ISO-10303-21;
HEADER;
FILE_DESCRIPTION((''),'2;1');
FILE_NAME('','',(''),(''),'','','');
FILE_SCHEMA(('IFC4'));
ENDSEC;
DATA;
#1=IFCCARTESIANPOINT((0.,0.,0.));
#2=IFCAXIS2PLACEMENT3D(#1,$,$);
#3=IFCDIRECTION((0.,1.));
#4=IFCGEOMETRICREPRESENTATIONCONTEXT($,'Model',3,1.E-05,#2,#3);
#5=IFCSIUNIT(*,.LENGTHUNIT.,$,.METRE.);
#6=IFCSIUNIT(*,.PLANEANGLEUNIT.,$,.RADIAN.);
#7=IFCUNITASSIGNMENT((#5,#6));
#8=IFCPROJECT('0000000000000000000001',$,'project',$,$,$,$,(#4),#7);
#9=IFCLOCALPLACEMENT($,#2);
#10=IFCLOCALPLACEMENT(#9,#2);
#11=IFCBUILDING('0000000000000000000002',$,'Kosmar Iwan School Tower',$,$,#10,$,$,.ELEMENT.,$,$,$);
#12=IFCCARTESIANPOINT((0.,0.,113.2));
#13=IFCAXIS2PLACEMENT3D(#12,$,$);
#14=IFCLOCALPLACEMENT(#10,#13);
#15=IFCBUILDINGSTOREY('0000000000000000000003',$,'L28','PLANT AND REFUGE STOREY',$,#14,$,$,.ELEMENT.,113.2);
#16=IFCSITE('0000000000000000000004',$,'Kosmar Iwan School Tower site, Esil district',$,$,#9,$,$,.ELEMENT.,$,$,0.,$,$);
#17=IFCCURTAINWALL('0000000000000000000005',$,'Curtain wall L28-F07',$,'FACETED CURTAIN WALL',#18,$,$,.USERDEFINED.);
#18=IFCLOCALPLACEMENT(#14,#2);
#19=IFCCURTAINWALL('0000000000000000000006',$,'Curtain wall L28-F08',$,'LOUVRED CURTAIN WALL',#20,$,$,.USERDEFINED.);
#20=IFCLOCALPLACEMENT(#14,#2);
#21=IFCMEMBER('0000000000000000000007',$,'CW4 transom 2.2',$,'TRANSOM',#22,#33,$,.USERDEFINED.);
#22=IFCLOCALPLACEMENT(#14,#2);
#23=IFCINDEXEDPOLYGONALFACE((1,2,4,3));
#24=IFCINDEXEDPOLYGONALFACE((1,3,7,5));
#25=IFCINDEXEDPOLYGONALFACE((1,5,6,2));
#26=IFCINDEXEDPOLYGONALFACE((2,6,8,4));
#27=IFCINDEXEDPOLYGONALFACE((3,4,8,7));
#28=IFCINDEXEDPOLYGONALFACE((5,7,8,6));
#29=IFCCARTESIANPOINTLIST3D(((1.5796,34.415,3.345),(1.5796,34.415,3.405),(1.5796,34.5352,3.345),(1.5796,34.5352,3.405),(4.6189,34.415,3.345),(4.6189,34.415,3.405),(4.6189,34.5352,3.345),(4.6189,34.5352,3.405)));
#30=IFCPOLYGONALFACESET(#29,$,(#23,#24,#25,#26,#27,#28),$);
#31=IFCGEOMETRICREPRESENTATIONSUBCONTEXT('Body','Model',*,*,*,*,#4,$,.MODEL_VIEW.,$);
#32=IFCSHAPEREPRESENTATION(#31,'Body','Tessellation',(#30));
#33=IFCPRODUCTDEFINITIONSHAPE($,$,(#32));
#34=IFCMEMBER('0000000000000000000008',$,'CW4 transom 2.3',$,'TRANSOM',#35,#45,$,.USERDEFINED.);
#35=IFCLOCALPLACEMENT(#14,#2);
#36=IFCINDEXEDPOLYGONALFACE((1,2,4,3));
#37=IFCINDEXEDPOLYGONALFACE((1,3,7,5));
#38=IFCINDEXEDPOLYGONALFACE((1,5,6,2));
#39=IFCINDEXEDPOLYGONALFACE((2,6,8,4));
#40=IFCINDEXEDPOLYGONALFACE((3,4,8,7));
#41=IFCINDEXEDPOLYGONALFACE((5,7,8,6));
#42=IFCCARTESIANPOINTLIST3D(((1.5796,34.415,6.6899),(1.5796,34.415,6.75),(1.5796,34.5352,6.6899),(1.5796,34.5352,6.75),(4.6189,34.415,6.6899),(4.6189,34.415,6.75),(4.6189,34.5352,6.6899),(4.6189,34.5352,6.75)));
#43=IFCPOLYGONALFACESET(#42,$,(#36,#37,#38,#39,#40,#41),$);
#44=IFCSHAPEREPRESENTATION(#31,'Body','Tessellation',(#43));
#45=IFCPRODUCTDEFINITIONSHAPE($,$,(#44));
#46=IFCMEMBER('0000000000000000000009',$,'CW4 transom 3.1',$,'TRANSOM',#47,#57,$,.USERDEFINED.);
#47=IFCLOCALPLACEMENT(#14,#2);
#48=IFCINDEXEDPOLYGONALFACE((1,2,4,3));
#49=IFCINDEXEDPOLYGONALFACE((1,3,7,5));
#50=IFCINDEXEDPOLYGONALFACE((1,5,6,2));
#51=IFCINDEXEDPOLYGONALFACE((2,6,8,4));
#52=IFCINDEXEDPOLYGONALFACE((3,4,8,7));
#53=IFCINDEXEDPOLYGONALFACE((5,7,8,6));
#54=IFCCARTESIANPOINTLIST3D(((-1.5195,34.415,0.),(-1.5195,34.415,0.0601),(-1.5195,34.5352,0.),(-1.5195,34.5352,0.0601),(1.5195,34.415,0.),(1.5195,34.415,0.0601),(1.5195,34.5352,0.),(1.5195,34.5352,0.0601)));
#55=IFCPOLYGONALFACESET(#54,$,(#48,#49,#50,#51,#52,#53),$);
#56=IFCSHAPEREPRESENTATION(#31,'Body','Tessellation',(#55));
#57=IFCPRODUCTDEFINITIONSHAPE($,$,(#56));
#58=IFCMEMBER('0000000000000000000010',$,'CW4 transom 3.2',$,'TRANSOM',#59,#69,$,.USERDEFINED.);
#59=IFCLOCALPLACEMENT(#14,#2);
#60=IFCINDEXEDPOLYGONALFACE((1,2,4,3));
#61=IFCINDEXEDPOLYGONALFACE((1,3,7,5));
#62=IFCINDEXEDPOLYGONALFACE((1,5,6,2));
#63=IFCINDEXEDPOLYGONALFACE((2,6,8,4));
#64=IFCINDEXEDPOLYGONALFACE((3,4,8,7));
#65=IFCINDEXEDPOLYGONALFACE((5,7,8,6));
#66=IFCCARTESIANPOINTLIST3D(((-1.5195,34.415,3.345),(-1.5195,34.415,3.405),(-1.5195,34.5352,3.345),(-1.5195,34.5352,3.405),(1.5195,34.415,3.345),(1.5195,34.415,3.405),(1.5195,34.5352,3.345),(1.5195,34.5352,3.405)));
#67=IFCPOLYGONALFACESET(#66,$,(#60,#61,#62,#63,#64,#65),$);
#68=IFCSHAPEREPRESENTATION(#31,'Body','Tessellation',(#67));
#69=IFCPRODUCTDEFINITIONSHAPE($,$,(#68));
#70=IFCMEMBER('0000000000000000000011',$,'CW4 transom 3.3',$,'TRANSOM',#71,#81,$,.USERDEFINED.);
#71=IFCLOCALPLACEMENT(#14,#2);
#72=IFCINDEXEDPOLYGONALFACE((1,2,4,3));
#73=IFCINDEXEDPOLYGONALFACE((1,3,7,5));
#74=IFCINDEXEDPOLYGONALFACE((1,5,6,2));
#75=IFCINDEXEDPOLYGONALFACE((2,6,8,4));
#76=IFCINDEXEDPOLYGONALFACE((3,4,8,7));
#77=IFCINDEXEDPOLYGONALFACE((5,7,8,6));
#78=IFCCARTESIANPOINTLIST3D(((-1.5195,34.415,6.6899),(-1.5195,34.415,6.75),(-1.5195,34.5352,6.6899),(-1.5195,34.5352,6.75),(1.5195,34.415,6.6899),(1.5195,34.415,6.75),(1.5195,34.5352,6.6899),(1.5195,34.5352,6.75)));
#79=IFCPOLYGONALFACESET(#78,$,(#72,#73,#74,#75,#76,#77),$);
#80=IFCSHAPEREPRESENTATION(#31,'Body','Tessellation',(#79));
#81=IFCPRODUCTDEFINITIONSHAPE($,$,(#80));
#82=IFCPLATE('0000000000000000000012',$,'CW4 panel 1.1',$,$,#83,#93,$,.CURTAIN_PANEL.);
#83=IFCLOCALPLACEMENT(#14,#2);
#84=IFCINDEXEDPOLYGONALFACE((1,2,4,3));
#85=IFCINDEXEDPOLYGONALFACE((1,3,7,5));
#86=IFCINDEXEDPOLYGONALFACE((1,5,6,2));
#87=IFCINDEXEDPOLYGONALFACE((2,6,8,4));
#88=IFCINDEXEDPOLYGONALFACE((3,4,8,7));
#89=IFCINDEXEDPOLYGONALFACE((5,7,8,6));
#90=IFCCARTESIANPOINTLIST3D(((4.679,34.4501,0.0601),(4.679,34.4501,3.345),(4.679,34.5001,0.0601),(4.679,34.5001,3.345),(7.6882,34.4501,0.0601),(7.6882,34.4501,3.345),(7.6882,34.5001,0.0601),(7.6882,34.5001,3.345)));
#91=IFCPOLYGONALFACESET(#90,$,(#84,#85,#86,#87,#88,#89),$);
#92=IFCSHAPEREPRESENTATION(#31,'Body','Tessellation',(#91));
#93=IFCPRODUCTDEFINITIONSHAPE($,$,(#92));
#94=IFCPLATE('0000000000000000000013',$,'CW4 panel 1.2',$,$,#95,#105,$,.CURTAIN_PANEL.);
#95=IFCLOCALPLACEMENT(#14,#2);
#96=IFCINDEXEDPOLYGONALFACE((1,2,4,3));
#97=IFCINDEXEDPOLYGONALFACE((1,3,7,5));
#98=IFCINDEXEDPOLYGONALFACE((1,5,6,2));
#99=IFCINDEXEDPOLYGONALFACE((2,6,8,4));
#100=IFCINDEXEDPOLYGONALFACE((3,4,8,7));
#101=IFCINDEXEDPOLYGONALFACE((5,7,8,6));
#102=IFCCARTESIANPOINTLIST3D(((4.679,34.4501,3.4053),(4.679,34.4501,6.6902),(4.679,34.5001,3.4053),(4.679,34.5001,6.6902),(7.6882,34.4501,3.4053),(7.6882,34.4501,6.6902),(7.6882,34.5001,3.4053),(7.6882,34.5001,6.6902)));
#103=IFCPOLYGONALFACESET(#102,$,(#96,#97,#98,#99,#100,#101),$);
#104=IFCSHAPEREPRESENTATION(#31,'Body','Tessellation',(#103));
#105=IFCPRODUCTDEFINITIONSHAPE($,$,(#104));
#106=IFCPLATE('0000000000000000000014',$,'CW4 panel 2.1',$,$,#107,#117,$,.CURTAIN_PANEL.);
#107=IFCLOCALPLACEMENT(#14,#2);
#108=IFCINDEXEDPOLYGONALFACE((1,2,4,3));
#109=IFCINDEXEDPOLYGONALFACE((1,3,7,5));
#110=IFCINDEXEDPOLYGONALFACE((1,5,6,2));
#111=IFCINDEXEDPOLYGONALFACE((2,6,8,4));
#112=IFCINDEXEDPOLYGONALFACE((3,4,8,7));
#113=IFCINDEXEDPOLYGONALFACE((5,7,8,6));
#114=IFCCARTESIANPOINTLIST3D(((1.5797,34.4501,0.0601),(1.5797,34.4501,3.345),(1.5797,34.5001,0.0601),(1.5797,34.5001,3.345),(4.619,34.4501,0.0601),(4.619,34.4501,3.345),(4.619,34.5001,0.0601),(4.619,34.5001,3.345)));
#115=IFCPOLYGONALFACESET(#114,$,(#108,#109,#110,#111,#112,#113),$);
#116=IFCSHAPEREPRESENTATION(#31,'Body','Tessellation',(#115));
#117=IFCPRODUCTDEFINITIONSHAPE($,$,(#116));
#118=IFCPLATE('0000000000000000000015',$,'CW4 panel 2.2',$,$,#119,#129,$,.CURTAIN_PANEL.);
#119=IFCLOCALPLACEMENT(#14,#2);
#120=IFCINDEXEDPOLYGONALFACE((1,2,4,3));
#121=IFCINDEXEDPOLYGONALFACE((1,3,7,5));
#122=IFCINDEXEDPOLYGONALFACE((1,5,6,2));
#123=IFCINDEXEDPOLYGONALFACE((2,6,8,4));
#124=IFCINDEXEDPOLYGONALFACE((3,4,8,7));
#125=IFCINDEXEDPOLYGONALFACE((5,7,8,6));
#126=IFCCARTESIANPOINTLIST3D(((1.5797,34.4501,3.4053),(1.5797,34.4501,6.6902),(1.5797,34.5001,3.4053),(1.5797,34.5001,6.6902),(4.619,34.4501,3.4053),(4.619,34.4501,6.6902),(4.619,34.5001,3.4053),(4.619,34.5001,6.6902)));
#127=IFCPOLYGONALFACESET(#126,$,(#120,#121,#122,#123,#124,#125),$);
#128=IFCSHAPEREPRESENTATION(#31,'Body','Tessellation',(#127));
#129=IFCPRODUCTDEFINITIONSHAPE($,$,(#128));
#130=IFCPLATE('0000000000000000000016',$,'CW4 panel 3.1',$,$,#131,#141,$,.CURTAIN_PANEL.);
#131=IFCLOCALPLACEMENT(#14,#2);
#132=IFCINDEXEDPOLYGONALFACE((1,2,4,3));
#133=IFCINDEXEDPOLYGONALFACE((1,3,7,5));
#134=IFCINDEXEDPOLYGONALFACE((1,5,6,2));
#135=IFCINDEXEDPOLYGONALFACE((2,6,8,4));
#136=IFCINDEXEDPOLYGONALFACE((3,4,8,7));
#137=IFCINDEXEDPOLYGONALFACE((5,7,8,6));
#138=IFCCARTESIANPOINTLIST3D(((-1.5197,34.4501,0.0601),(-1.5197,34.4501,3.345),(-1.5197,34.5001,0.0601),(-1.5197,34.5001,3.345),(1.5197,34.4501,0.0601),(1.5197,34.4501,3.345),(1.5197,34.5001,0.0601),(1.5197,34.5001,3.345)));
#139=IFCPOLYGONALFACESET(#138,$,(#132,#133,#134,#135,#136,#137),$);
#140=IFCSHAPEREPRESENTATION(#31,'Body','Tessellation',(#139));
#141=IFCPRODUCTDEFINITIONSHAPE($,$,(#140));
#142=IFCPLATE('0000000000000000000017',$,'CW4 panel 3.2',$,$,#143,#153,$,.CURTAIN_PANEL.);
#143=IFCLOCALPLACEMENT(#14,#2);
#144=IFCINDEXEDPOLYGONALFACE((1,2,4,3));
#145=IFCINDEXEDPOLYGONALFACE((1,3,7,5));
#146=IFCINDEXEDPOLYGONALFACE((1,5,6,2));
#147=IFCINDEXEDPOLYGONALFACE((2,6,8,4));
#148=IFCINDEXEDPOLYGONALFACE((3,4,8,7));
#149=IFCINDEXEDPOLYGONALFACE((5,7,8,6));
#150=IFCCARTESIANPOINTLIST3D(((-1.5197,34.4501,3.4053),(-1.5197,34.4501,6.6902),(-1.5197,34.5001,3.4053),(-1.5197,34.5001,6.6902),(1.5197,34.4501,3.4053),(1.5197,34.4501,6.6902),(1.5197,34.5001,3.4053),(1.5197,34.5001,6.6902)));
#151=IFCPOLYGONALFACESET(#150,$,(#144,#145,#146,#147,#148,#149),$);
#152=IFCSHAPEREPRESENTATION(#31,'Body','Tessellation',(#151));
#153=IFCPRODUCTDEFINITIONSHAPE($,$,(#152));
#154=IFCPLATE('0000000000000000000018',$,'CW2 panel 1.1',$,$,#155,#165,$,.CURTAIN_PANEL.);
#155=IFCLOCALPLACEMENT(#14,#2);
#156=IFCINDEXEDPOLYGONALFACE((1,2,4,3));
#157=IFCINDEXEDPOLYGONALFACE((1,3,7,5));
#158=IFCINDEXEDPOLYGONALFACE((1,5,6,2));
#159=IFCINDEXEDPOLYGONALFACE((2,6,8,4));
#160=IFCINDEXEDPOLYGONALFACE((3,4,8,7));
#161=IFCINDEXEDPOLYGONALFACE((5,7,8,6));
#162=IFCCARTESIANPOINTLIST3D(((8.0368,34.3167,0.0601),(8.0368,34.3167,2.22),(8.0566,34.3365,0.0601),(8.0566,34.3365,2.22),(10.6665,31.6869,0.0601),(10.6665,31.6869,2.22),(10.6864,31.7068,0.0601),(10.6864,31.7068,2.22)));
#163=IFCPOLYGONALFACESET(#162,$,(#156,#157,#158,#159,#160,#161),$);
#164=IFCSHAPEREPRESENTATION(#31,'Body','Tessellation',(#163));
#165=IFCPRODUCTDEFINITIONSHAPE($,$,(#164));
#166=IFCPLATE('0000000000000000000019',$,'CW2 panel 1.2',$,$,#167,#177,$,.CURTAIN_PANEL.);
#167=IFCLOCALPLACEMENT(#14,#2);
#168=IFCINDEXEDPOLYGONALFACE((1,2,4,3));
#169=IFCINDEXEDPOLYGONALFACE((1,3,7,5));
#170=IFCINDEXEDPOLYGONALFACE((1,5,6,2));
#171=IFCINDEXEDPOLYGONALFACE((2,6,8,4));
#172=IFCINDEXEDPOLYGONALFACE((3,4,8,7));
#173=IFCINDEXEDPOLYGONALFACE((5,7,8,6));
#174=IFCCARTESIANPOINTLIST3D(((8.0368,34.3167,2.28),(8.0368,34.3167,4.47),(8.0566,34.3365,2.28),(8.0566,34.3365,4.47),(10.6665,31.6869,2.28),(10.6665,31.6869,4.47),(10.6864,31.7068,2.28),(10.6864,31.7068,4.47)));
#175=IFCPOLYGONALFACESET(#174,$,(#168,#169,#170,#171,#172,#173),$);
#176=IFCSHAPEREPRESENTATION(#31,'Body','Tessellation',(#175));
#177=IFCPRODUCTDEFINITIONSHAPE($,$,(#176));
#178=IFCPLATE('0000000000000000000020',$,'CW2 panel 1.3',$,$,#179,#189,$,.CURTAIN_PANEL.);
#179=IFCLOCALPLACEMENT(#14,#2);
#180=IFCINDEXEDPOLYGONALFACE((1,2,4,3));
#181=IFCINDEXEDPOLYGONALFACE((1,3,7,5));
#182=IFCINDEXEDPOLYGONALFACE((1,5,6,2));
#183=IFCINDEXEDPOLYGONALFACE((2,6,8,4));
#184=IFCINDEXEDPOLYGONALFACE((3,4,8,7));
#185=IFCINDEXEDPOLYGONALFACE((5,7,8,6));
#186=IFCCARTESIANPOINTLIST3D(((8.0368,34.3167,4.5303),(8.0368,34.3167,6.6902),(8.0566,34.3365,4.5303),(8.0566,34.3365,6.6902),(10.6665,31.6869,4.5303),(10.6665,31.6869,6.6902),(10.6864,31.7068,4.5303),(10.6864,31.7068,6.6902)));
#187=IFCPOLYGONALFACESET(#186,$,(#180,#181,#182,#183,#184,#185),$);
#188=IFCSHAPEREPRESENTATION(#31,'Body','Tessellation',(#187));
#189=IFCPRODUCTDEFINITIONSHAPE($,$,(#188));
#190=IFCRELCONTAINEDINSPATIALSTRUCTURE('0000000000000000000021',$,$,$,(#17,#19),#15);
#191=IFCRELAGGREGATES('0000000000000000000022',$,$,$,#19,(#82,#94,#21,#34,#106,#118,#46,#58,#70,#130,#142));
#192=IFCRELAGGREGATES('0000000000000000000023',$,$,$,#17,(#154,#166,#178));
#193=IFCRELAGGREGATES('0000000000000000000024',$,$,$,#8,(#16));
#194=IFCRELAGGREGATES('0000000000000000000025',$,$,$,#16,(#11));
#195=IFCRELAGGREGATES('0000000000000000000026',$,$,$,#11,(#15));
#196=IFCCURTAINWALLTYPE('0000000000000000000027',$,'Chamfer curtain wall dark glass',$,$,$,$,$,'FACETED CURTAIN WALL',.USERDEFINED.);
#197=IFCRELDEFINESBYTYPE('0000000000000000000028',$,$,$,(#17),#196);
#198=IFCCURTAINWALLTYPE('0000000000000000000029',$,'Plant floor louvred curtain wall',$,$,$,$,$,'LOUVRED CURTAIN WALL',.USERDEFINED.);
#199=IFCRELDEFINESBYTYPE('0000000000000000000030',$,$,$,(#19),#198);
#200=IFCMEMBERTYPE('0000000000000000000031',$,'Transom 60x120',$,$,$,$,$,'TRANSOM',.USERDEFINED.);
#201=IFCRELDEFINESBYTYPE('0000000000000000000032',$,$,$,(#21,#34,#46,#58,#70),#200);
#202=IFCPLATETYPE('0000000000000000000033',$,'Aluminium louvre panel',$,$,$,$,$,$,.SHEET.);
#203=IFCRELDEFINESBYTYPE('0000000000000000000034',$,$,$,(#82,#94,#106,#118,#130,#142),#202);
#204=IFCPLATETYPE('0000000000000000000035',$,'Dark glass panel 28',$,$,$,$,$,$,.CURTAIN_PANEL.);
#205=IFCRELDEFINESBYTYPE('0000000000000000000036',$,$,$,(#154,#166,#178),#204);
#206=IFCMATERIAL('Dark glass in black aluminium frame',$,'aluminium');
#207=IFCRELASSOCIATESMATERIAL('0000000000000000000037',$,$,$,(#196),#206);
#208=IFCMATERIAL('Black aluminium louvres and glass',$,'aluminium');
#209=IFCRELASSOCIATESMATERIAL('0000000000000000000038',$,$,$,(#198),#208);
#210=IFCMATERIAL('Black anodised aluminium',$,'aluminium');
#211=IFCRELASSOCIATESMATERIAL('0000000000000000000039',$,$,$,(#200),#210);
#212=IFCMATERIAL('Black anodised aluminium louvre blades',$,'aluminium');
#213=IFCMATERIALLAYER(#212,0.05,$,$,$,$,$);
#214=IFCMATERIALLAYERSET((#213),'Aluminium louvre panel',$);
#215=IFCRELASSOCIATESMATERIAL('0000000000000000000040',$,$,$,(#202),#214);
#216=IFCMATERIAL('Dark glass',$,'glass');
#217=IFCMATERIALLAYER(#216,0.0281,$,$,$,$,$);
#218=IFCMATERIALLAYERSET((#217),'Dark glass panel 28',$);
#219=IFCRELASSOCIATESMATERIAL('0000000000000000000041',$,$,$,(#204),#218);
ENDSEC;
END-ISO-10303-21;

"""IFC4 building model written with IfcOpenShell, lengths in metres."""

from ifc_helpers import new_model, si_unit, direction, frame, origin, origin_2d, place, context, subcontext, project, spatial, rectangle, extrude, material, layer, layer_set, material_profile, profile_set, type_object, element, aggregate, save


model = new_model("IFC4")

# Units and contexts
model_context = context("Model", 3, precision=1e-05, world=origin(), true_north=direction((0.0, 1.0)))
body_context = subcontext(model_context, "Body", "Model", "MODEL_VIEW")
ifc_project = project(units=[si_unit("LENGTHUNIT", "METRE"), si_unit("PLANEANGLEUNIT", "RADIAN")], contexts=[model_context])

# Site, building, storey
site_placement = place(None, origin())
site = spatial("IfcSite", under=ifc_project, at=site_placement, Name="Kosmar Iwan School Tower site, Esil district", CompositionType="ELEMENT", RefElevation=0.0)
building_placement = place(site_placement, origin())
building = spatial("IfcBuilding", under=site, at=building_placement, Name="Kosmar Iwan School Tower", CompositionType="ELEMENT")
storey_placement = place(building_placement, frame((0.0, 0.0, 113.2)))
storey = spatial("IfcBuildingStorey", under=building, at=storey_placement, Name="L28", Description="PLANT AND REFUGE STOREY", CompositionType="ELEMENT", Elevation=113.2)

# Curtain wall
ifc_material_1 = material(Name="Dark glass in black aluminium frame", Category="aluminium")
curtain_wall_type_1 = type_object("IfcCurtainWallType", Name="Chamfer curtain wall dark glass", ElementType="FACETED CURTAIN WALL", PredefinedType="USERDEFINED", material=ifc_material_1)
curtain_wall_1_placement = place(storey_placement, origin())
curtain_wall_1 = element("IfcCurtainWall", 1, at=curtain_wall_1_placement, inside=storey, type_object=curtain_wall_type_1, Name="Curtain wall L28-F07", ObjectType="FACETED CURTAIN WALL", PredefinedType="USERDEFINED")

# Curtain wall
ifc_material_2 = material(Name="Black aluminium louvres and glass", Category="aluminium")
curtain_wall_type_2 = type_object("IfcCurtainWallType", Name="Plant floor louvred curtain wall", ElementType="LOUVRED CURTAIN WALL", PredefinedType="USERDEFINED", material=ifc_material_2)
curtain_wall_2_placement = place(storey_placement, origin())
curtain_wall_2 = element("IfcCurtainWall", 2, at=curtain_wall_2_placement, inside=storey, type_object=curtain_wall_type_2, Name="Curtain wall L28-F08", ObjectType="LOUVRED CURTAIN WALL", PredefinedType="USERDEFINED")

# Members
ifc_material_3 = material(Name="Black anodised aluminium", Category="aluminium")
ifc_material_profile_1 = material_profile(ifc_material_3, rectangle(XDim=0.1201, YDim=0.0601, at=origin_2d()), Name="TRANSOM 60x120")
ifc_profile_set_1 = profile_set([ifc_material_profile_1], Name="Black anodised aluminium")
member_type_1 = type_object("IfcMemberType", Name="Transom 60x120", ElementType="TRANSOM", PredefinedType="USERDEFINED", material=ifc_profile_set_1)
member_1_placement = place(storey_placement, frame((4.6189, 34.4751, 3.375), z_axis=(-1.0, 0.0, 0.0), x_axis=(0.0, -1.0, 0.0)))
member_1 = element("IfcMember", 3, at=member_1_placement, type_object=member_type_1, Name="CW4 transom 2.2", ObjectType="TRANSOM", PredefinedType="USERDEFINED", context=body_context, shape_type="SweptSolid", body=[
    extrude(rectangle(XDim=0.1201, YDim=0.0601, at=origin_2d()), origin(), (0.0, 0.0, 1.0), 3.0393),
])
member_2_placement = place(storey_placement, frame((4.6189, 34.4751, 6.72), z_axis=(-1.0, 0.0, 0.0), x_axis=(0.0, -1.0, 0.0)))
member_2 = element("IfcMember", 4, at=member_2_placement, type_object=member_type_1, Name="CW4 transom 2.3", ObjectType="TRANSOM", PredefinedType="USERDEFINED", context=body_context, shape_type="SweptSolid", body=[
    extrude(rectangle(XDim=0.1201, YDim=0.0601, at=origin_2d()), origin(), (0.0, 0.0, 1.0), 3.0393),
])
member_3_placement = place(storey_placement, frame((1.5195, 34.4751, 0.03), z_axis=(-1.0, 0.0, 0.0), x_axis=(0.0, -1.0, 0.0)))
member_3 = element("IfcMember", 5, at=member_3_placement, type_object=member_type_1, Name="CW4 transom 3.1", ObjectType="TRANSOM", PredefinedType="USERDEFINED", context=body_context, shape_type="SweptSolid", body=[
    extrude(rectangle(XDim=0.1201, YDim=0.0601, at=origin_2d()), origin(), (0.0, 0.0, 1.0), 3.0391),
])
member_4_placement = place(storey_placement, frame((1.5195, 34.4751, 3.375), z_axis=(-1.0, 0.0, 0.0), x_axis=(0.0, -1.0, 0.0)))
member_4 = element("IfcMember", 6, at=member_4_placement, type_object=member_type_1, Name="CW4 transom 3.2", ObjectType="TRANSOM", PredefinedType="USERDEFINED", context=body_context, shape_type="SweptSolid", body=[
    extrude(rectangle(XDim=0.1201, YDim=0.0601, at=origin_2d()), origin(), (0.0, 0.0, 1.0), 3.0391),
])
member_5_placement = place(storey_placement, frame((1.5195, 34.4751, 6.72), z_axis=(-1.0, 0.0, 0.0), x_axis=(0.0, -1.0, 0.0)))
member_5 = element("IfcMember", 7, at=member_5_placement, type_object=member_type_1, Name="CW4 transom 3.3", ObjectType="TRANSOM", PredefinedType="USERDEFINED", context=body_context, shape_type="SweptSolid", body=[
    extrude(rectangle(XDim=0.1201, YDim=0.0601, at=origin_2d()), origin(), (0.0, 0.0, 1.0), 3.0391),
])

# Plates
ifc_material_4 = material(Name="Black anodised aluminium louvre blades", Category="aluminium")
ifc_layer_1 = layer(ifc_material_4, 0.05)
ifc_layer_set_1 = layer_set([ifc_layer_1], Name="Aluminium louvre panel")
plate_type_1 = type_object("IfcPlateType", Name="Aluminium louvre panel", PredefinedType="SHEET", material=ifc_layer_set_1)
plate_1_placement = place(storey_placement, frame((6.1836, 34.4751, 0.0601), z_axis=(0.0, 0.0, 1.0), x_axis=(-1.0, 0.0, 0.0)))
plate_1 = element("IfcPlate", 8, at=plate_1_placement, type_object=plate_type_1, Name="CW4 panel 1.1", PredefinedType="CURTAIN_PANEL", context=body_context, shape_type="SweptSolid", body=[
    extrude(rectangle(XDim=3.0093, YDim=0.05, at=origin_2d()), origin(), (0.0, 0.0, 1.0), 3.2849),
])
plate_2_placement = place(storey_placement, frame((6.1836, 34.4751, 3.4053), z_axis=(0.0, 0.0, 1.0), x_axis=(-1.0, 0.0, 0.0)))
plate_2 = element("IfcPlate", 9, at=plate_2_placement, type_object=plate_type_1, Name="CW4 panel 1.2", PredefinedType="CURTAIN_PANEL", context=body_context, shape_type="SweptSolid", body=[
    extrude(rectangle(XDim=3.0093, YDim=0.05, at=origin_2d()), origin(), (0.0, 0.0, 1.0), 3.2849),
])
plate_3_placement = place(storey_placement, frame((3.0994, 34.4751, 0.0601), z_axis=(0.0, 0.0, 1.0), x_axis=(-1.0, 0.0, 0.0)))
plate_3 = element("IfcPlate", 10, at=plate_3_placement, type_object=plate_type_1, Name="CW4 panel 2.1", PredefinedType="CURTAIN_PANEL", context=body_context, shape_type="SweptSolid", body=[
    extrude(rectangle(XDim=3.0393, YDim=0.05, at=origin_2d()), origin(), (0.0, 0.0, 1.0), 3.2849),
])
plate_4_placement = place(storey_placement, frame((3.0994, 34.4751, 3.4053), z_axis=(0.0, 0.0, 1.0), x_axis=(-1.0, 0.0, 0.0)))
plate_4 = element("IfcPlate", 11, at=plate_4_placement, type_object=plate_type_1, Name="CW4 panel 2.2", PredefinedType="CURTAIN_PANEL", context=body_context, shape_type="SweptSolid", body=[
    extrude(rectangle(XDim=3.0393, YDim=0.05, at=origin_2d()), origin(), (0.0, 0.0, 1.0), 3.2849),
])
plate_5_placement = place(storey_placement, frame((0.0, 34.4751, 0.0601), z_axis=(0.0, 0.0, 1.0), x_axis=(-1.0, 0.0, 0.0)))
plate_5 = element("IfcPlate", 12, at=plate_5_placement, type_object=plate_type_1, Name="CW4 panel 3.1", PredefinedType="CURTAIN_PANEL", context=body_context, shape_type="SweptSolid", body=[
    extrude(rectangle(XDim=3.0393, YDim=0.05, at=origin_2d()), origin(), (0.0, 0.0, 1.0), 3.2849),
])
plate_6_placement = place(storey_placement, frame((0.0, 34.4751, 3.4053), z_axis=(0.0, 0.0, 1.0), x_axis=(-1.0, 0.0, 0.0)))
plate_6 = element("IfcPlate", 13, at=plate_6_placement, type_object=plate_type_1, Name="CW4 panel 3.2", PredefinedType="CURTAIN_PANEL", context=body_context, shape_type="SweptSolid", body=[
    extrude(rectangle(XDim=3.0393, YDim=0.05, at=origin_2d()), origin(), (0.0, 0.0, 1.0), 3.2849),
])
aggregate(curtain_wall_2, [plate_1, plate_2, member_1, member_2, plate_3, plate_4, member_3, member_4, member_5, plate_5, plate_6])
ifc_material_5 = material(Name="Dark glass", Category="glass")
ifc_layer_2 = layer(ifc_material_5, 0.0281)
ifc_layer_set_2 = layer_set([ifc_layer_2], Name="Dark glass panel 28")
plate_type_2 = type_object("IfcPlateType", Name="Dark glass panel 28", PredefinedType="CURTAIN_PANEL", material=ifc_layer_set_2)
plate_7_placement = place(storey_placement, frame((9.3616, 33.0117, 0.0601), z_axis=(0.0, 0.0, 1.0), x_axis=(-0.707107, 0.707107, 0.0)))
plate_7 = element("IfcPlate", 14, at=plate_7_placement, type_object=plate_type_2, Name="CW2 panel 1.1", PredefinedType="CURTAIN_PANEL", context=body_context, shape_type="SweptSolid", body=[
    extrude(rectangle(XDim=3.719, YDim=0.0281, at=origin_2d()), origin(), (0.0, 0.0, 1.0), 2.1599),
])
plate_8_placement = place(storey_placement, frame((9.3616, 33.0117, 2.28), z_axis=(0.0, 0.0, 1.0), x_axis=(-0.707107, 0.707107, 0.0)))
plate_8 = element("IfcPlate", 15, at=plate_8_placement, type_object=plate_type_2, Name="CW2 panel 1.2", PredefinedType="CURTAIN_PANEL", context=body_context, shape_type="SweptSolid", body=[
    extrude(rectangle(XDim=3.719, YDim=0.0281, at=origin_2d()), origin(), (0.0, 0.0, 1.0), 2.1899),
])
plate_9_placement = place(storey_placement, frame((9.3616, 33.0117, 4.5303), z_axis=(0.0, 0.0, 1.0), x_axis=(-0.707107, 0.707107, 0.0)))
plate_9 = element("IfcPlate", 16, at=plate_9_placement, type_object=plate_type_2, Name="CW2 panel 1.3", PredefinedType="CURTAIN_PANEL", context=body_context, shape_type="SweptSolid", body=[
    extrude(rectangle(XDim=3.719, YDim=0.0281, at=origin_2d()), origin(), (0.0, 0.0, 1.0), 2.1599),
])
aggregate(curtain_wall_1, [plate_7, plate_8, plate_9])

save(model, "model.ifc")
